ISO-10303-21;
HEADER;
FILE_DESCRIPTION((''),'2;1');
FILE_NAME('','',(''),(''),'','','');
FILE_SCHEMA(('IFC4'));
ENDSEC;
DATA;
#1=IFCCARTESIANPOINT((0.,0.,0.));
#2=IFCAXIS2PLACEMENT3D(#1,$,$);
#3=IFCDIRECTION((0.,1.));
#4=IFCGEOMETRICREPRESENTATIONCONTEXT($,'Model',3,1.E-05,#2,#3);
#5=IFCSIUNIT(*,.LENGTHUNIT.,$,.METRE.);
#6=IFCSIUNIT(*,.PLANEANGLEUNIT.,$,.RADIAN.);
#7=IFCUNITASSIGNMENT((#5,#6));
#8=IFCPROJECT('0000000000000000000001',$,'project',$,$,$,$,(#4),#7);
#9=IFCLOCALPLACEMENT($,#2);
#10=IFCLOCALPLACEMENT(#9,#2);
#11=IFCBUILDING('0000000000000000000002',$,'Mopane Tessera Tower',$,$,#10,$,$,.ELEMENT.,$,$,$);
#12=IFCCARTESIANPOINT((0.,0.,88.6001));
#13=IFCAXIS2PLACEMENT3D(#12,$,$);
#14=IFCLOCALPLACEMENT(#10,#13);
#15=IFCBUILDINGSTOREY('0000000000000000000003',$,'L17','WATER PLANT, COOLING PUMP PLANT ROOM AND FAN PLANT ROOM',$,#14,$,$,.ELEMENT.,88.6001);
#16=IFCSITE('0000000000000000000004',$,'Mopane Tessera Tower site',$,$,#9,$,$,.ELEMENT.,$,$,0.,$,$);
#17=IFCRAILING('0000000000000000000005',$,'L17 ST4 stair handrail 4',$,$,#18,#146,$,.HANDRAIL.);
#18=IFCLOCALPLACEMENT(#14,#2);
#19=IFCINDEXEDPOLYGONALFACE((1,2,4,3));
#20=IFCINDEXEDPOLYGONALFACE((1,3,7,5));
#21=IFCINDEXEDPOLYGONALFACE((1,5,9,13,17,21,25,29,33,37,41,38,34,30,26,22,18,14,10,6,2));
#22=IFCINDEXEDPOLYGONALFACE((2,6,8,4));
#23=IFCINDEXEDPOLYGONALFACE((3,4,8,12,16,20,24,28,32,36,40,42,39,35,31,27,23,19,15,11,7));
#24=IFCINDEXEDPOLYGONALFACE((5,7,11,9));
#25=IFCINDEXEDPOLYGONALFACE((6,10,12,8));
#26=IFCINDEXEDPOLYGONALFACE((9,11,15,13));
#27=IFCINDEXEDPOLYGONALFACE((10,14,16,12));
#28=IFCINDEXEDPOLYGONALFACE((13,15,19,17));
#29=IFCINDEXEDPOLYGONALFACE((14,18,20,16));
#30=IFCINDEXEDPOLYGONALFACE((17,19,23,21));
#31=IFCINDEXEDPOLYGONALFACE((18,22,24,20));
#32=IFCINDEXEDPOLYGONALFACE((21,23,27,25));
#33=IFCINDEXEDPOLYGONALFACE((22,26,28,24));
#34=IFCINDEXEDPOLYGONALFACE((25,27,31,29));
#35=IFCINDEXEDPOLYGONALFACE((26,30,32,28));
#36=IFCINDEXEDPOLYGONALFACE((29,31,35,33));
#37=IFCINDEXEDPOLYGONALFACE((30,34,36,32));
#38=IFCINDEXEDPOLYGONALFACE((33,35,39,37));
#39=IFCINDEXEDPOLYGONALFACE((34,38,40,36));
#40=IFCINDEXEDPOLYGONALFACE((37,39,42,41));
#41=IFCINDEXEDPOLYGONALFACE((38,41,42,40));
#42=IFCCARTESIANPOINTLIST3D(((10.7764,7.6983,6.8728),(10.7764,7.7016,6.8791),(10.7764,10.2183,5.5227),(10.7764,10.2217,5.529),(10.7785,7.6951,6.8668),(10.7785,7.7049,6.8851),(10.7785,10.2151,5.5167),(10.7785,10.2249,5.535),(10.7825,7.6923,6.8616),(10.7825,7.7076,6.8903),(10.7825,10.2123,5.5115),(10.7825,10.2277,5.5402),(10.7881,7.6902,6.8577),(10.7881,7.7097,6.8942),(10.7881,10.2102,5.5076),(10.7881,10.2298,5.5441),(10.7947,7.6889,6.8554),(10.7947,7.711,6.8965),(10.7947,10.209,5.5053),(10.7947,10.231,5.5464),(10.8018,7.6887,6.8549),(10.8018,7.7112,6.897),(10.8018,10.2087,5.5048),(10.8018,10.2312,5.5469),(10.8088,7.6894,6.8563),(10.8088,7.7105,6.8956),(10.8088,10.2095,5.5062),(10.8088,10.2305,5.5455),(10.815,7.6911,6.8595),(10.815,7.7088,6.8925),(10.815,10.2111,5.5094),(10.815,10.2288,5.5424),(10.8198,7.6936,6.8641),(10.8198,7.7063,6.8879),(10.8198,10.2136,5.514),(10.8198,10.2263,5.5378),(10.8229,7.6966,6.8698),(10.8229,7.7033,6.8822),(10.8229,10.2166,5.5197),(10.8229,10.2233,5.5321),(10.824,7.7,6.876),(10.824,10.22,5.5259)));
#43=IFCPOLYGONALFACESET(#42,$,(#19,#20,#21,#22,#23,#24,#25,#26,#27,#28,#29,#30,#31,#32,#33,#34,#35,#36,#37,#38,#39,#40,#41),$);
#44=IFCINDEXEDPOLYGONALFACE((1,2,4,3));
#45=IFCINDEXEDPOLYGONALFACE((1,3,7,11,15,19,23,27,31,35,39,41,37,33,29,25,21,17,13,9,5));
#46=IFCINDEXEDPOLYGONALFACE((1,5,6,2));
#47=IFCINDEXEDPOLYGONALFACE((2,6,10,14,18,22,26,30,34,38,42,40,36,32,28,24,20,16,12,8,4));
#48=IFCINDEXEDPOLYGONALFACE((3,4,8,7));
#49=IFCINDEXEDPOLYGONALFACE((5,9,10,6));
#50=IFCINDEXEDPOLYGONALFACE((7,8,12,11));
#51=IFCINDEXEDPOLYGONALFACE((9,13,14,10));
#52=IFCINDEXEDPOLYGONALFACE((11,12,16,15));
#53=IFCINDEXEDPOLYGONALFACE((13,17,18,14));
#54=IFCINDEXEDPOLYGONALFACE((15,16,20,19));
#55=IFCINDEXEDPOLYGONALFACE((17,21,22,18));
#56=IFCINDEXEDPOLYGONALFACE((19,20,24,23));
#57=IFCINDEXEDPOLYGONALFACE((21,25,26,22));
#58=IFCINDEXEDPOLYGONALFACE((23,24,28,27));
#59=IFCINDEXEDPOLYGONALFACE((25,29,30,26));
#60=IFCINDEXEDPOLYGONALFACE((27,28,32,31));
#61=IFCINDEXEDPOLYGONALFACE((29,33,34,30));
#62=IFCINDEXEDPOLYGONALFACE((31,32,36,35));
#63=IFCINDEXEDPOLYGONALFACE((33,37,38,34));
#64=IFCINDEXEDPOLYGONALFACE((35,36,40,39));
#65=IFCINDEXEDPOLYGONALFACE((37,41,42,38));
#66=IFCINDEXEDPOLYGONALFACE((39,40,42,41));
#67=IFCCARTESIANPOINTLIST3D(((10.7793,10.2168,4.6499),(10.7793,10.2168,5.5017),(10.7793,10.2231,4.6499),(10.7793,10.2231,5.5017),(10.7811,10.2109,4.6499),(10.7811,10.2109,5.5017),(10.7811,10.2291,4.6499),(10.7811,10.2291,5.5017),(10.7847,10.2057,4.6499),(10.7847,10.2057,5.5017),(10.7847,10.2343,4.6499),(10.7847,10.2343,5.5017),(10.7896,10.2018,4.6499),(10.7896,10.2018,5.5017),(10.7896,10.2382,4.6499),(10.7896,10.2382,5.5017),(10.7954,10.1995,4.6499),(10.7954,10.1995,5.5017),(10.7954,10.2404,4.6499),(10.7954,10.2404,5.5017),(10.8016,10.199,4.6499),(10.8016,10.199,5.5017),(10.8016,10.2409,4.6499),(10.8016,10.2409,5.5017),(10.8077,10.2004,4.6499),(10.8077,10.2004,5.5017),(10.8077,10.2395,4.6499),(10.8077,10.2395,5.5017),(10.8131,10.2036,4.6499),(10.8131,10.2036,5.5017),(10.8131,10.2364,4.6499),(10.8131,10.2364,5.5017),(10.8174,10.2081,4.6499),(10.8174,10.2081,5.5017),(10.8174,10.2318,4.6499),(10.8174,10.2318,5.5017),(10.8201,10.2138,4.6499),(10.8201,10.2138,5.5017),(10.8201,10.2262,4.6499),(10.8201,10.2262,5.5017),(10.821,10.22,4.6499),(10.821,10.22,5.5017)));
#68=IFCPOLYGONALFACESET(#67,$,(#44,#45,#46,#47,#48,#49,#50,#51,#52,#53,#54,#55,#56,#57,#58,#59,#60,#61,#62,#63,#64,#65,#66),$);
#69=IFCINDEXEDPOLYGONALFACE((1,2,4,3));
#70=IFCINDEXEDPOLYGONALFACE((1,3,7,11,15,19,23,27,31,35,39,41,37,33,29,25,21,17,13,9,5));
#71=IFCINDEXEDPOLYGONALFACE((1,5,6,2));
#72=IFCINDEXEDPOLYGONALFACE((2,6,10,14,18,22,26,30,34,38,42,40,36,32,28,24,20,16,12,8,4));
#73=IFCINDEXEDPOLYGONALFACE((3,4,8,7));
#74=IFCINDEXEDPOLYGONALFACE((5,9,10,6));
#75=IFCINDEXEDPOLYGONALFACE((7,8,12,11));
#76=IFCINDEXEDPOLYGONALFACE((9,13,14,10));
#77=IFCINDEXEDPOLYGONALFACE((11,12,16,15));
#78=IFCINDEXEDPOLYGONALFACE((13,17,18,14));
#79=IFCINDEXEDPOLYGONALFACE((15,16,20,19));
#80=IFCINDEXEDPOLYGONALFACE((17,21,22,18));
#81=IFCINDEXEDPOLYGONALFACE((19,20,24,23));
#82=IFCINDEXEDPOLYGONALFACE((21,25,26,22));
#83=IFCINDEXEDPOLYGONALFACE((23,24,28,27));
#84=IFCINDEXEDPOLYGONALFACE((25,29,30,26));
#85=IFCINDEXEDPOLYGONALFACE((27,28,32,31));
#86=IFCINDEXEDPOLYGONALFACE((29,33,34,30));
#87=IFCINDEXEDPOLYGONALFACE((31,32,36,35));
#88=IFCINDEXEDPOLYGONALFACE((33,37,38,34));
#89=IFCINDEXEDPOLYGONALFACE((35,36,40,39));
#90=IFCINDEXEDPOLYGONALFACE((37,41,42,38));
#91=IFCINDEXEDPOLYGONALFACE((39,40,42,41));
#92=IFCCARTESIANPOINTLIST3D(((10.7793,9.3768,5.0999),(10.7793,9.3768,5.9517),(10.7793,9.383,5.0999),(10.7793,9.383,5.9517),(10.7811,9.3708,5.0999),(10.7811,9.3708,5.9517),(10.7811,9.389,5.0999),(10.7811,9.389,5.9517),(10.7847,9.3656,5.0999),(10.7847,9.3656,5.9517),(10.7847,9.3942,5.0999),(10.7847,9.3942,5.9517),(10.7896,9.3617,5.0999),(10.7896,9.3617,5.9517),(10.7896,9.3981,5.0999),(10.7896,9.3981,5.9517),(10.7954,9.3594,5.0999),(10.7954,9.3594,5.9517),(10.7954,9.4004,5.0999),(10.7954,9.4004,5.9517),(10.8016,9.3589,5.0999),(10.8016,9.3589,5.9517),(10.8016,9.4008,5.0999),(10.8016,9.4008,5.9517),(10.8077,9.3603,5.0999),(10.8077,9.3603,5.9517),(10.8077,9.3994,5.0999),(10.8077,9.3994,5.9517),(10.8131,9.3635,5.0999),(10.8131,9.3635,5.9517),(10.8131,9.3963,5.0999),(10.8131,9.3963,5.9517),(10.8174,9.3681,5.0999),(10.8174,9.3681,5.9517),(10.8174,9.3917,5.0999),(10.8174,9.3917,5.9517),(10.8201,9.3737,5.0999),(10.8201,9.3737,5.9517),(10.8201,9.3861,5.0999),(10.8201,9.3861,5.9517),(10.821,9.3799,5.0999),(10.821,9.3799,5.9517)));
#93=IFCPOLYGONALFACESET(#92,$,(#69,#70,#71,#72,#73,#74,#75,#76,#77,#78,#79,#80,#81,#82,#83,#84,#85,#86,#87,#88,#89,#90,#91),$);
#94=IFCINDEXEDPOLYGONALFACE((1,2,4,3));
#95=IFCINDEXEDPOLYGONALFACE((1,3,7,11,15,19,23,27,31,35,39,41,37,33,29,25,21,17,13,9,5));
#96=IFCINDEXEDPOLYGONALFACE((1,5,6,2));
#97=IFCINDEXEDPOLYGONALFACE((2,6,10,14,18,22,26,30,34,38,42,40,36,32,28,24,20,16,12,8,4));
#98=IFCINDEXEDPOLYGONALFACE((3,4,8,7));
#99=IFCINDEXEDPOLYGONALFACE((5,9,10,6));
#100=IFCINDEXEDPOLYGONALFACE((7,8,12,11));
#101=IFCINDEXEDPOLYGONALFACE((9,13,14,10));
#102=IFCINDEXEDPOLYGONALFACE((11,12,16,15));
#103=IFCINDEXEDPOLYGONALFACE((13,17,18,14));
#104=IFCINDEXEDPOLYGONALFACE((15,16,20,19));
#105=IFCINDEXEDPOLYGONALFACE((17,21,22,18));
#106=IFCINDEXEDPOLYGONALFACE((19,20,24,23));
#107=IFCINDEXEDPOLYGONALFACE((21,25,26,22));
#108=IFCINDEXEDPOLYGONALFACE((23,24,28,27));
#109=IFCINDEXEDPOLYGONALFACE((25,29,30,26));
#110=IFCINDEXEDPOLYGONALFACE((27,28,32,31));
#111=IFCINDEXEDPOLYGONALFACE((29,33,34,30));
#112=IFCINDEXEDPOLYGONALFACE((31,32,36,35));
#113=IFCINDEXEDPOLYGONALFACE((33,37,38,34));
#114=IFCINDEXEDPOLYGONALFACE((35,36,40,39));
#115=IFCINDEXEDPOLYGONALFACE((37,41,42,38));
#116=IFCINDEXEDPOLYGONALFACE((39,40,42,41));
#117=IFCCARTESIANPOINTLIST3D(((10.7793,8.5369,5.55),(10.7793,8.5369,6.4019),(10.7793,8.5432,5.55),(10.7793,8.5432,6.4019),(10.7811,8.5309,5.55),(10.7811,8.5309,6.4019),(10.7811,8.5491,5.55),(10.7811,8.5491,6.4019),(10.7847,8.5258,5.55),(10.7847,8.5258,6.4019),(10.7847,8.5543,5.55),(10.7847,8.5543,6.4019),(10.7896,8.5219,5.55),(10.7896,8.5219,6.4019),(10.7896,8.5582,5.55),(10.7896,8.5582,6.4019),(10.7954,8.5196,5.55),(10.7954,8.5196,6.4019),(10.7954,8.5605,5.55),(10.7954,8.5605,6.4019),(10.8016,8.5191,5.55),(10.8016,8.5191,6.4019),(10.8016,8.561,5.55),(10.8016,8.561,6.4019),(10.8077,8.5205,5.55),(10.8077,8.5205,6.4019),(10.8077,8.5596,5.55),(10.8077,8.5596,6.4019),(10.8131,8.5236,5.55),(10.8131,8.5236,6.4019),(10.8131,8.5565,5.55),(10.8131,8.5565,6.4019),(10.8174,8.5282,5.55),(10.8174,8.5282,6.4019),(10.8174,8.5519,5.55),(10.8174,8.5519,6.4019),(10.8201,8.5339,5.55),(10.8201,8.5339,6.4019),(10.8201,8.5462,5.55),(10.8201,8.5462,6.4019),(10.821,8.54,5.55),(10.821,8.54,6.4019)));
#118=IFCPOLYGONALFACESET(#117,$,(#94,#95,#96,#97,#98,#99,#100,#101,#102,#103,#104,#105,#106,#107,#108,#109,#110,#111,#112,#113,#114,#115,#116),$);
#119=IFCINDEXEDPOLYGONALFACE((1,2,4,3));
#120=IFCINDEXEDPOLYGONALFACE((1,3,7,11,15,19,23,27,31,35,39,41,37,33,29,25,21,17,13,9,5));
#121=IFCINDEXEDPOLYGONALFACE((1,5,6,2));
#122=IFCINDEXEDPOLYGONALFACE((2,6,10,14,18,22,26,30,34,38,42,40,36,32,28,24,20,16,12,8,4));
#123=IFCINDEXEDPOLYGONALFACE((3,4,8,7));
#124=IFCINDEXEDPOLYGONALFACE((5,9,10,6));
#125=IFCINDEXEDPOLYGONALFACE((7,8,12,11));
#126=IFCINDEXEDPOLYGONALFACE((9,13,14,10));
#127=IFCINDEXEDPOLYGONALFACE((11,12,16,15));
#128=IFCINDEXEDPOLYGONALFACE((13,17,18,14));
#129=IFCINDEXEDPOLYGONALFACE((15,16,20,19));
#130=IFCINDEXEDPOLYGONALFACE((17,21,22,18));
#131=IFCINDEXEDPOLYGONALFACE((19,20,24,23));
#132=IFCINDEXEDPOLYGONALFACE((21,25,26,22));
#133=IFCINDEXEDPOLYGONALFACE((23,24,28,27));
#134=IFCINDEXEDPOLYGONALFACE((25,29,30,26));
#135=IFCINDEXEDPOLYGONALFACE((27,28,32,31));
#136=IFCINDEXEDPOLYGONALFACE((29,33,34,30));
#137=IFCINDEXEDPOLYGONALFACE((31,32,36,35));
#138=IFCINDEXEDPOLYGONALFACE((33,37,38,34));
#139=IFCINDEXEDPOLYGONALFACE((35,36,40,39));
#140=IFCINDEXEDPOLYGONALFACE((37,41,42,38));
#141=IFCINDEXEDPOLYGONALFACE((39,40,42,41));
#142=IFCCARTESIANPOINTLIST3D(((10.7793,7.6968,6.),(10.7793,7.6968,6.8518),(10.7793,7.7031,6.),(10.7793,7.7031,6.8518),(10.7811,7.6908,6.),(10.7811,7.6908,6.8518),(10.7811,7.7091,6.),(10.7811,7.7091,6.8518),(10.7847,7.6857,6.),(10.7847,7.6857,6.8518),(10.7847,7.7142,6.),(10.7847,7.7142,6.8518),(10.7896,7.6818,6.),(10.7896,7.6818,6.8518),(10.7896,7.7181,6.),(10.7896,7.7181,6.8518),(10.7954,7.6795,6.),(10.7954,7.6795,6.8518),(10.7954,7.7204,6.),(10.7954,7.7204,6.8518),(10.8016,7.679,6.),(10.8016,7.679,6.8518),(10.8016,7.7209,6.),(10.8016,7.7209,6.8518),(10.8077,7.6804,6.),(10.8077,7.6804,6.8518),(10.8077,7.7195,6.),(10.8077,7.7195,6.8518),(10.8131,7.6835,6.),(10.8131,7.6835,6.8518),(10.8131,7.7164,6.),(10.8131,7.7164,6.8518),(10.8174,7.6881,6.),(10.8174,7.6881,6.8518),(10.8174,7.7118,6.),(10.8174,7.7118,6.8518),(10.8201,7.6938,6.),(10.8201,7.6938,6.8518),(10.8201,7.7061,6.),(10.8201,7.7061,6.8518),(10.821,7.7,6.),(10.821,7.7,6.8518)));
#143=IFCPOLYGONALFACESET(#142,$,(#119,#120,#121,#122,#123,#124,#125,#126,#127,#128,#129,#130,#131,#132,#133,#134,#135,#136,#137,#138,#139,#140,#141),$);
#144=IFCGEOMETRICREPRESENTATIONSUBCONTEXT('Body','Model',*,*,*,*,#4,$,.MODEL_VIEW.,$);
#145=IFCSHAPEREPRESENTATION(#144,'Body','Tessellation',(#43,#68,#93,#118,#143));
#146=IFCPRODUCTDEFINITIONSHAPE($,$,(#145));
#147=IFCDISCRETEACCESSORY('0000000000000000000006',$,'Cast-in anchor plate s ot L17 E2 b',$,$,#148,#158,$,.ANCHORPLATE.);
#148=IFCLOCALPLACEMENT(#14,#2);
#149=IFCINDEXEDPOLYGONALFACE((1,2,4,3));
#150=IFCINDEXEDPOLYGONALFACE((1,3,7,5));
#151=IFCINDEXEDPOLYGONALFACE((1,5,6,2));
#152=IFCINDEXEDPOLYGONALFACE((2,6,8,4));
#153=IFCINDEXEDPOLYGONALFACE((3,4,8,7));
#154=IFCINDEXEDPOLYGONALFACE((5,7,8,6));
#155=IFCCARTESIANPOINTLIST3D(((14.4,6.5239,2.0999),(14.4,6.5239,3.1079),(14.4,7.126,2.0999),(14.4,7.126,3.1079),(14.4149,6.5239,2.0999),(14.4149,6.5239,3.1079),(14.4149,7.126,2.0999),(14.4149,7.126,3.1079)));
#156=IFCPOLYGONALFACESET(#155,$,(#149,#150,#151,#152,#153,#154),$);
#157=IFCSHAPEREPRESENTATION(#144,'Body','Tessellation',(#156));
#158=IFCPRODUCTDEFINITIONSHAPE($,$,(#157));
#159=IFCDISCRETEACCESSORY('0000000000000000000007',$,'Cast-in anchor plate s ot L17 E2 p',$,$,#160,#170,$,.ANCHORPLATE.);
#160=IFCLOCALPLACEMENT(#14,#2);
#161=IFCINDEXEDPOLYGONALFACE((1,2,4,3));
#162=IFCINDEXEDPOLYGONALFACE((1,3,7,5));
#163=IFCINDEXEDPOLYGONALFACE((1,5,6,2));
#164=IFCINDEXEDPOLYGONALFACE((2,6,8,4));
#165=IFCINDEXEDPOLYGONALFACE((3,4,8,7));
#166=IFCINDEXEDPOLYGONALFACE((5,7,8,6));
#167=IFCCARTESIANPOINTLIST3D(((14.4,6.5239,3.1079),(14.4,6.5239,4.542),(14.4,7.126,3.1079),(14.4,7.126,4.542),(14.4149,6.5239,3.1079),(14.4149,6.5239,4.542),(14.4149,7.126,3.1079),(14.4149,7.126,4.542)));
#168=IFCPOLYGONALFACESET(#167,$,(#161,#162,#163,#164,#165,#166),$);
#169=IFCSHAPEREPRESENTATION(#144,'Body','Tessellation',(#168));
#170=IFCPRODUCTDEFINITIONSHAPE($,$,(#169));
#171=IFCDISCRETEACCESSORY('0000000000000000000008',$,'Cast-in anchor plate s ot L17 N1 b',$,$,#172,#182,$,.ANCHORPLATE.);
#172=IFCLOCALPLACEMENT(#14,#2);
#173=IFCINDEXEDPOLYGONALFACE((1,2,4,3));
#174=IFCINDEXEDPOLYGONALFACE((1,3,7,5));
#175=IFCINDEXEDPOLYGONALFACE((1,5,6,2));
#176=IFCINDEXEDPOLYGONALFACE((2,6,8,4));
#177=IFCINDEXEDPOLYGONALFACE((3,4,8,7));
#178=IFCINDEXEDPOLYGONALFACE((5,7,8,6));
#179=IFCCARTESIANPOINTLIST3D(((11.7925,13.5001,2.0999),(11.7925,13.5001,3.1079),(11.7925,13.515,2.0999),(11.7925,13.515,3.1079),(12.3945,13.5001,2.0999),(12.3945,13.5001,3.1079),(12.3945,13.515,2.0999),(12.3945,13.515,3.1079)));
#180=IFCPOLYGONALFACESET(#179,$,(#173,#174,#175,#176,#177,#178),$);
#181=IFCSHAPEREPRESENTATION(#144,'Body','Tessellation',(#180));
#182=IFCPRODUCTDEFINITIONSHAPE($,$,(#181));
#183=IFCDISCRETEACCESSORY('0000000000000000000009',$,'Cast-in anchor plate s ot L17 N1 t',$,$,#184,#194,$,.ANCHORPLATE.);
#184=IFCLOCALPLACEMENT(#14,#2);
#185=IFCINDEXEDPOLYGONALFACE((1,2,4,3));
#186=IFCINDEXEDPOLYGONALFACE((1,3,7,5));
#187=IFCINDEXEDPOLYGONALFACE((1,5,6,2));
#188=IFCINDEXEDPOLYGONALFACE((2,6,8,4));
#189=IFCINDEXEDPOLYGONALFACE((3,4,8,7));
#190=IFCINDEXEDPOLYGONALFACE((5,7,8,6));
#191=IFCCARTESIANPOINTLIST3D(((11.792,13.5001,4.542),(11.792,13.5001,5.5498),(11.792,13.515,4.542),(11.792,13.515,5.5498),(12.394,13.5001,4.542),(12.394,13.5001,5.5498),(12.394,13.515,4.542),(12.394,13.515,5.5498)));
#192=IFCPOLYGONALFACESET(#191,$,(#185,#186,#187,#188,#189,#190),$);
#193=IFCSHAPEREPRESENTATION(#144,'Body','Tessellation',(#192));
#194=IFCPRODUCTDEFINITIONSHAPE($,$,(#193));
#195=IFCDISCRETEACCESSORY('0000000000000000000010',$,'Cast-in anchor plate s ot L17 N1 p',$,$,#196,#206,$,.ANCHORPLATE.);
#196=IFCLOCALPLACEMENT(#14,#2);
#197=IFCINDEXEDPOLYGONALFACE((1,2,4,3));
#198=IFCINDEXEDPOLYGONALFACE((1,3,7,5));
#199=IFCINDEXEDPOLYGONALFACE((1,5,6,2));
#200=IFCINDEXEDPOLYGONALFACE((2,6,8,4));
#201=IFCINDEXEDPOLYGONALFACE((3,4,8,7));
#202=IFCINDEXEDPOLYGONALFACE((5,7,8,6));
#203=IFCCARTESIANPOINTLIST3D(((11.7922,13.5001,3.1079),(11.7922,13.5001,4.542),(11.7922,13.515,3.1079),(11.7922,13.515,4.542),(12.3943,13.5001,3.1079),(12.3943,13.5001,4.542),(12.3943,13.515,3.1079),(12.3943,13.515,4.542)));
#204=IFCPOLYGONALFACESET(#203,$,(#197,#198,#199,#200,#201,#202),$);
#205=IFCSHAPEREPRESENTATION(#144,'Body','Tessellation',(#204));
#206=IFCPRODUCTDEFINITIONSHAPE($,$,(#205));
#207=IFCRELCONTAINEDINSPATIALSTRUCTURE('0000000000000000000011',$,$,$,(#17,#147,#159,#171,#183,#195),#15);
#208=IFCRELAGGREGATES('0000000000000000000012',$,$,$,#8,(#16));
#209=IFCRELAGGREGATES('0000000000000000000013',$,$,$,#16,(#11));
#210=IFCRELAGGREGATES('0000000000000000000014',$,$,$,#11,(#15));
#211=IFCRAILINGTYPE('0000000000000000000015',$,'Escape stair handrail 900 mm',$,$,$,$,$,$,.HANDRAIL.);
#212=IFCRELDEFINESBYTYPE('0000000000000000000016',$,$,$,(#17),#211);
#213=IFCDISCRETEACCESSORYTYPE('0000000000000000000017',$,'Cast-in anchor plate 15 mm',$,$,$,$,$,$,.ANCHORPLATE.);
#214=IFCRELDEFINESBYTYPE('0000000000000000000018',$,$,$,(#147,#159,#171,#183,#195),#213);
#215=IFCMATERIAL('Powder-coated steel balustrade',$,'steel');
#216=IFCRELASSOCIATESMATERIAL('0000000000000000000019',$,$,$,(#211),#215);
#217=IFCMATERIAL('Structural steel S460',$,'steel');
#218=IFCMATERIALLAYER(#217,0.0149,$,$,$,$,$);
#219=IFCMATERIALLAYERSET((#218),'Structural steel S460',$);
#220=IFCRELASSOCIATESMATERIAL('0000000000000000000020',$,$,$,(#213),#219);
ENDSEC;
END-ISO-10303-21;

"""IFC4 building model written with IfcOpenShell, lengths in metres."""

from ifc_helpers import new_model, si_unit, direction, frame, origin, origin_2d, place, context, subcontext, project, spatial, rectangle, circle, extrude, material, layer, layer_set, type_object, element, save


model = new_model("IFC4")

# Units and contexts
model_context = context("Model", 3, precision=1e-05, world=origin(), true_north=direction((0.0, 1.0)))
body_context = subcontext(model_context, "Body", "Model", "MODEL_VIEW")
ifc_project = project(units=[si_unit("LENGTHUNIT", "METRE"), si_unit("PLANEANGLEUNIT", "RADIAN")], contexts=[model_context])

# Site, building, storey
site_placement = place(None, origin())
site = spatial("IfcSite", under=ifc_project, at=site_placement, Name="Mopane Tessera Tower site", CompositionType="ELEMENT", RefElevation=0.0)
building_placement = place(site_placement, origin())
building = spatial("IfcBuilding", under=site, at=building_placement, Name="Mopane Tessera Tower", CompositionType="ELEMENT")
storey_placement = place(building_placement, frame((0.0, 0.0, 88.6001)))
storey = spatial("IfcBuildingStorey", under=building, at=storey_placement, Name="L17", Description="WATER PLANT, COOLING PUMP PLANT ROOM AND FAN PLANT ROOM", CompositionType="ELEMENT", Elevation=88.6001)

# Railing
ifc_material_1 = material(Name="Powder-coated steel balustrade", Category="steel")
railing_type_1 = type_object("IfcRailingType", Name="Escape stair handrail 900 mm", PredefinedType="HANDRAIL", material=ifc_material_1)
railing_1_placement = place(storey_placement, frame((10.8, 10.22, 4.6499)))
element("IfcRailing", 1, at=railing_1_placement, inside=storey, type_object=railing_type_1, Name="L17 ST4 stair handrail 4", PredefinedType="HANDRAIL", context=body_context, shape_type="SweptSolid", body=[
    extrude(circle(Radius=0.0239, at=origin_2d()), frame((0.0, 0.0, 0.876), z_axis=(0.0, -0.881467, 0.472245), x_axis=(1.0, 0.0, 0.0)), (0.0, 0.0, 1.0), 2.8589),
    extrude(circle(Radius=0.021, at=origin_2d()), origin(), (0.0, 0.0, 1.0), 0.8518),
    extrude(circle(Radius=0.021, at=origin_2d()), frame((0.0, -0.8401, 0.45)), (0.0, 0.0, 1.0), 0.8518),
    extrude(circle(Radius=0.021, at=origin_2d()), frame((0.0, -1.6799, 0.9001)), (0.0, 0.0, 1.0), 0.8518),
    extrude(circle(Radius=0.021, at=origin_2d()), frame((0.0, -2.52, 1.3501)), (0.0, 0.0, 1.0), 0.8518),
])

# Discrete accessories
ifc_material_2 = material(Name="Structural steel S460", Category="steel")
ifc_layer_1 = layer(ifc_material_2, 0.0149)
ifc_layer_set_1 = layer_set([ifc_layer_1], Name="Structural steel S460")
discrete_accessory_type_1 = type_object("IfcDiscreteAccessoryType", Name="Cast-in anchor plate 15 mm", PredefinedType="ANCHORPLATE", material=ifc_layer_set_1)
discrete_accessory_1_placement = place(storey_placement, frame((14.4075, 6.825, 2.0999), z_axis=(0.0, 0.0, 1.0), x_axis=(1.0, 0.0, 0.0)))
element("IfcDiscreteAccessory", 2, at=discrete_accessory_1_placement, inside=storey, type_object=discrete_accessory_type_1, Name="Cast-in anchor plate s ot L17 E2 b", PredefinedType="ANCHORPLATE", context=body_context, shape_type="SweptSolid", body=[
    extrude(rectangle(XDim=0.0149, YDim=0.6021, at=origin_2d()), origin(), (0.0, 0.0, 1.0), 1.0081),
])
discrete_accessory_2_placement = place(storey_placement, frame((14.4075, 6.825, 3.1079), z_axis=(0.0, 0.0, 1.0), x_axis=(1.0, 0.0, 0.0)))
element("IfcDiscreteAccessory", 3, at=discrete_accessory_2_placement, inside=storey, type_object=discrete_accessory_type_1, Name="Cast-in anchor plate s ot L17 E2 p", PredefinedType="ANCHORPLATE", context=body_context, shape_type="SweptSolid", body=[
    extrude(rectangle(XDim=0.0149, YDim=0.6021, at=origin_2d()), origin(), (0.0, 0.0, 1.0), 1.4341),
])
discrete_accessory_3_placement = place(storey_placement, frame((12.0935, 13.5076, 2.0999), z_axis=(0.0, 0.0, 1.0), x_axis=(0.0, 1.0, 0.0)))
element("IfcDiscreteAccessory", 4, at=discrete_accessory_3_placement, inside=storey, type_object=discrete_accessory_type_1, Name="Cast-in anchor plate s ot L17 N1 b", PredefinedType="ANCHORPLATE", context=body_context, shape_type="SweptSolid", body=[
    extrude(rectangle(XDim=0.0149, YDim=0.6021, at=origin_2d()), origin(), (0.0, 0.0, 1.0), 1.0081),
])
discrete_accessory_4_placement = place(storey_placement, frame((12.093, 13.5076, 4.542), z_axis=(0.0, 0.0, 1.0), x_axis=(0.0, 1.0, 0.0)))
element("IfcDiscreteAccessory", 5, at=discrete_accessory_4_placement, inside=storey, type_object=discrete_accessory_type_1, Name="Cast-in anchor plate s ot L17 N1 t", PredefinedType="ANCHORPLATE", context=body_context, shape_type="SweptSolid", body=[
    extrude(rectangle(XDim=0.0149, YDim=0.6021, at=origin_2d()), origin(), (0.0, 0.0, 1.0), 1.0078),
])
discrete_accessory_5_placement = place(storey_placement, frame((12.0933, 13.5076, 3.1079), z_axis=(0.0, 0.0, 1.0), x_axis=(0.0, 1.0, 0.0)))
element("IfcDiscreteAccessory", 6, at=discrete_accessory_5_placement, inside=storey, type_object=discrete_accessory_type_1, Name="Cast-in anchor plate s ot L17 N1 p", PredefinedType="ANCHORPLATE", context=body_context, shape_type="SweptSolid", body=[
    extrude(rectangle(XDim=0.0149, YDim=0.6021, at=origin_2d()), origin(), (0.0, 0.0, 1.0), 1.4341),
])

save(model, "model.ifc")
